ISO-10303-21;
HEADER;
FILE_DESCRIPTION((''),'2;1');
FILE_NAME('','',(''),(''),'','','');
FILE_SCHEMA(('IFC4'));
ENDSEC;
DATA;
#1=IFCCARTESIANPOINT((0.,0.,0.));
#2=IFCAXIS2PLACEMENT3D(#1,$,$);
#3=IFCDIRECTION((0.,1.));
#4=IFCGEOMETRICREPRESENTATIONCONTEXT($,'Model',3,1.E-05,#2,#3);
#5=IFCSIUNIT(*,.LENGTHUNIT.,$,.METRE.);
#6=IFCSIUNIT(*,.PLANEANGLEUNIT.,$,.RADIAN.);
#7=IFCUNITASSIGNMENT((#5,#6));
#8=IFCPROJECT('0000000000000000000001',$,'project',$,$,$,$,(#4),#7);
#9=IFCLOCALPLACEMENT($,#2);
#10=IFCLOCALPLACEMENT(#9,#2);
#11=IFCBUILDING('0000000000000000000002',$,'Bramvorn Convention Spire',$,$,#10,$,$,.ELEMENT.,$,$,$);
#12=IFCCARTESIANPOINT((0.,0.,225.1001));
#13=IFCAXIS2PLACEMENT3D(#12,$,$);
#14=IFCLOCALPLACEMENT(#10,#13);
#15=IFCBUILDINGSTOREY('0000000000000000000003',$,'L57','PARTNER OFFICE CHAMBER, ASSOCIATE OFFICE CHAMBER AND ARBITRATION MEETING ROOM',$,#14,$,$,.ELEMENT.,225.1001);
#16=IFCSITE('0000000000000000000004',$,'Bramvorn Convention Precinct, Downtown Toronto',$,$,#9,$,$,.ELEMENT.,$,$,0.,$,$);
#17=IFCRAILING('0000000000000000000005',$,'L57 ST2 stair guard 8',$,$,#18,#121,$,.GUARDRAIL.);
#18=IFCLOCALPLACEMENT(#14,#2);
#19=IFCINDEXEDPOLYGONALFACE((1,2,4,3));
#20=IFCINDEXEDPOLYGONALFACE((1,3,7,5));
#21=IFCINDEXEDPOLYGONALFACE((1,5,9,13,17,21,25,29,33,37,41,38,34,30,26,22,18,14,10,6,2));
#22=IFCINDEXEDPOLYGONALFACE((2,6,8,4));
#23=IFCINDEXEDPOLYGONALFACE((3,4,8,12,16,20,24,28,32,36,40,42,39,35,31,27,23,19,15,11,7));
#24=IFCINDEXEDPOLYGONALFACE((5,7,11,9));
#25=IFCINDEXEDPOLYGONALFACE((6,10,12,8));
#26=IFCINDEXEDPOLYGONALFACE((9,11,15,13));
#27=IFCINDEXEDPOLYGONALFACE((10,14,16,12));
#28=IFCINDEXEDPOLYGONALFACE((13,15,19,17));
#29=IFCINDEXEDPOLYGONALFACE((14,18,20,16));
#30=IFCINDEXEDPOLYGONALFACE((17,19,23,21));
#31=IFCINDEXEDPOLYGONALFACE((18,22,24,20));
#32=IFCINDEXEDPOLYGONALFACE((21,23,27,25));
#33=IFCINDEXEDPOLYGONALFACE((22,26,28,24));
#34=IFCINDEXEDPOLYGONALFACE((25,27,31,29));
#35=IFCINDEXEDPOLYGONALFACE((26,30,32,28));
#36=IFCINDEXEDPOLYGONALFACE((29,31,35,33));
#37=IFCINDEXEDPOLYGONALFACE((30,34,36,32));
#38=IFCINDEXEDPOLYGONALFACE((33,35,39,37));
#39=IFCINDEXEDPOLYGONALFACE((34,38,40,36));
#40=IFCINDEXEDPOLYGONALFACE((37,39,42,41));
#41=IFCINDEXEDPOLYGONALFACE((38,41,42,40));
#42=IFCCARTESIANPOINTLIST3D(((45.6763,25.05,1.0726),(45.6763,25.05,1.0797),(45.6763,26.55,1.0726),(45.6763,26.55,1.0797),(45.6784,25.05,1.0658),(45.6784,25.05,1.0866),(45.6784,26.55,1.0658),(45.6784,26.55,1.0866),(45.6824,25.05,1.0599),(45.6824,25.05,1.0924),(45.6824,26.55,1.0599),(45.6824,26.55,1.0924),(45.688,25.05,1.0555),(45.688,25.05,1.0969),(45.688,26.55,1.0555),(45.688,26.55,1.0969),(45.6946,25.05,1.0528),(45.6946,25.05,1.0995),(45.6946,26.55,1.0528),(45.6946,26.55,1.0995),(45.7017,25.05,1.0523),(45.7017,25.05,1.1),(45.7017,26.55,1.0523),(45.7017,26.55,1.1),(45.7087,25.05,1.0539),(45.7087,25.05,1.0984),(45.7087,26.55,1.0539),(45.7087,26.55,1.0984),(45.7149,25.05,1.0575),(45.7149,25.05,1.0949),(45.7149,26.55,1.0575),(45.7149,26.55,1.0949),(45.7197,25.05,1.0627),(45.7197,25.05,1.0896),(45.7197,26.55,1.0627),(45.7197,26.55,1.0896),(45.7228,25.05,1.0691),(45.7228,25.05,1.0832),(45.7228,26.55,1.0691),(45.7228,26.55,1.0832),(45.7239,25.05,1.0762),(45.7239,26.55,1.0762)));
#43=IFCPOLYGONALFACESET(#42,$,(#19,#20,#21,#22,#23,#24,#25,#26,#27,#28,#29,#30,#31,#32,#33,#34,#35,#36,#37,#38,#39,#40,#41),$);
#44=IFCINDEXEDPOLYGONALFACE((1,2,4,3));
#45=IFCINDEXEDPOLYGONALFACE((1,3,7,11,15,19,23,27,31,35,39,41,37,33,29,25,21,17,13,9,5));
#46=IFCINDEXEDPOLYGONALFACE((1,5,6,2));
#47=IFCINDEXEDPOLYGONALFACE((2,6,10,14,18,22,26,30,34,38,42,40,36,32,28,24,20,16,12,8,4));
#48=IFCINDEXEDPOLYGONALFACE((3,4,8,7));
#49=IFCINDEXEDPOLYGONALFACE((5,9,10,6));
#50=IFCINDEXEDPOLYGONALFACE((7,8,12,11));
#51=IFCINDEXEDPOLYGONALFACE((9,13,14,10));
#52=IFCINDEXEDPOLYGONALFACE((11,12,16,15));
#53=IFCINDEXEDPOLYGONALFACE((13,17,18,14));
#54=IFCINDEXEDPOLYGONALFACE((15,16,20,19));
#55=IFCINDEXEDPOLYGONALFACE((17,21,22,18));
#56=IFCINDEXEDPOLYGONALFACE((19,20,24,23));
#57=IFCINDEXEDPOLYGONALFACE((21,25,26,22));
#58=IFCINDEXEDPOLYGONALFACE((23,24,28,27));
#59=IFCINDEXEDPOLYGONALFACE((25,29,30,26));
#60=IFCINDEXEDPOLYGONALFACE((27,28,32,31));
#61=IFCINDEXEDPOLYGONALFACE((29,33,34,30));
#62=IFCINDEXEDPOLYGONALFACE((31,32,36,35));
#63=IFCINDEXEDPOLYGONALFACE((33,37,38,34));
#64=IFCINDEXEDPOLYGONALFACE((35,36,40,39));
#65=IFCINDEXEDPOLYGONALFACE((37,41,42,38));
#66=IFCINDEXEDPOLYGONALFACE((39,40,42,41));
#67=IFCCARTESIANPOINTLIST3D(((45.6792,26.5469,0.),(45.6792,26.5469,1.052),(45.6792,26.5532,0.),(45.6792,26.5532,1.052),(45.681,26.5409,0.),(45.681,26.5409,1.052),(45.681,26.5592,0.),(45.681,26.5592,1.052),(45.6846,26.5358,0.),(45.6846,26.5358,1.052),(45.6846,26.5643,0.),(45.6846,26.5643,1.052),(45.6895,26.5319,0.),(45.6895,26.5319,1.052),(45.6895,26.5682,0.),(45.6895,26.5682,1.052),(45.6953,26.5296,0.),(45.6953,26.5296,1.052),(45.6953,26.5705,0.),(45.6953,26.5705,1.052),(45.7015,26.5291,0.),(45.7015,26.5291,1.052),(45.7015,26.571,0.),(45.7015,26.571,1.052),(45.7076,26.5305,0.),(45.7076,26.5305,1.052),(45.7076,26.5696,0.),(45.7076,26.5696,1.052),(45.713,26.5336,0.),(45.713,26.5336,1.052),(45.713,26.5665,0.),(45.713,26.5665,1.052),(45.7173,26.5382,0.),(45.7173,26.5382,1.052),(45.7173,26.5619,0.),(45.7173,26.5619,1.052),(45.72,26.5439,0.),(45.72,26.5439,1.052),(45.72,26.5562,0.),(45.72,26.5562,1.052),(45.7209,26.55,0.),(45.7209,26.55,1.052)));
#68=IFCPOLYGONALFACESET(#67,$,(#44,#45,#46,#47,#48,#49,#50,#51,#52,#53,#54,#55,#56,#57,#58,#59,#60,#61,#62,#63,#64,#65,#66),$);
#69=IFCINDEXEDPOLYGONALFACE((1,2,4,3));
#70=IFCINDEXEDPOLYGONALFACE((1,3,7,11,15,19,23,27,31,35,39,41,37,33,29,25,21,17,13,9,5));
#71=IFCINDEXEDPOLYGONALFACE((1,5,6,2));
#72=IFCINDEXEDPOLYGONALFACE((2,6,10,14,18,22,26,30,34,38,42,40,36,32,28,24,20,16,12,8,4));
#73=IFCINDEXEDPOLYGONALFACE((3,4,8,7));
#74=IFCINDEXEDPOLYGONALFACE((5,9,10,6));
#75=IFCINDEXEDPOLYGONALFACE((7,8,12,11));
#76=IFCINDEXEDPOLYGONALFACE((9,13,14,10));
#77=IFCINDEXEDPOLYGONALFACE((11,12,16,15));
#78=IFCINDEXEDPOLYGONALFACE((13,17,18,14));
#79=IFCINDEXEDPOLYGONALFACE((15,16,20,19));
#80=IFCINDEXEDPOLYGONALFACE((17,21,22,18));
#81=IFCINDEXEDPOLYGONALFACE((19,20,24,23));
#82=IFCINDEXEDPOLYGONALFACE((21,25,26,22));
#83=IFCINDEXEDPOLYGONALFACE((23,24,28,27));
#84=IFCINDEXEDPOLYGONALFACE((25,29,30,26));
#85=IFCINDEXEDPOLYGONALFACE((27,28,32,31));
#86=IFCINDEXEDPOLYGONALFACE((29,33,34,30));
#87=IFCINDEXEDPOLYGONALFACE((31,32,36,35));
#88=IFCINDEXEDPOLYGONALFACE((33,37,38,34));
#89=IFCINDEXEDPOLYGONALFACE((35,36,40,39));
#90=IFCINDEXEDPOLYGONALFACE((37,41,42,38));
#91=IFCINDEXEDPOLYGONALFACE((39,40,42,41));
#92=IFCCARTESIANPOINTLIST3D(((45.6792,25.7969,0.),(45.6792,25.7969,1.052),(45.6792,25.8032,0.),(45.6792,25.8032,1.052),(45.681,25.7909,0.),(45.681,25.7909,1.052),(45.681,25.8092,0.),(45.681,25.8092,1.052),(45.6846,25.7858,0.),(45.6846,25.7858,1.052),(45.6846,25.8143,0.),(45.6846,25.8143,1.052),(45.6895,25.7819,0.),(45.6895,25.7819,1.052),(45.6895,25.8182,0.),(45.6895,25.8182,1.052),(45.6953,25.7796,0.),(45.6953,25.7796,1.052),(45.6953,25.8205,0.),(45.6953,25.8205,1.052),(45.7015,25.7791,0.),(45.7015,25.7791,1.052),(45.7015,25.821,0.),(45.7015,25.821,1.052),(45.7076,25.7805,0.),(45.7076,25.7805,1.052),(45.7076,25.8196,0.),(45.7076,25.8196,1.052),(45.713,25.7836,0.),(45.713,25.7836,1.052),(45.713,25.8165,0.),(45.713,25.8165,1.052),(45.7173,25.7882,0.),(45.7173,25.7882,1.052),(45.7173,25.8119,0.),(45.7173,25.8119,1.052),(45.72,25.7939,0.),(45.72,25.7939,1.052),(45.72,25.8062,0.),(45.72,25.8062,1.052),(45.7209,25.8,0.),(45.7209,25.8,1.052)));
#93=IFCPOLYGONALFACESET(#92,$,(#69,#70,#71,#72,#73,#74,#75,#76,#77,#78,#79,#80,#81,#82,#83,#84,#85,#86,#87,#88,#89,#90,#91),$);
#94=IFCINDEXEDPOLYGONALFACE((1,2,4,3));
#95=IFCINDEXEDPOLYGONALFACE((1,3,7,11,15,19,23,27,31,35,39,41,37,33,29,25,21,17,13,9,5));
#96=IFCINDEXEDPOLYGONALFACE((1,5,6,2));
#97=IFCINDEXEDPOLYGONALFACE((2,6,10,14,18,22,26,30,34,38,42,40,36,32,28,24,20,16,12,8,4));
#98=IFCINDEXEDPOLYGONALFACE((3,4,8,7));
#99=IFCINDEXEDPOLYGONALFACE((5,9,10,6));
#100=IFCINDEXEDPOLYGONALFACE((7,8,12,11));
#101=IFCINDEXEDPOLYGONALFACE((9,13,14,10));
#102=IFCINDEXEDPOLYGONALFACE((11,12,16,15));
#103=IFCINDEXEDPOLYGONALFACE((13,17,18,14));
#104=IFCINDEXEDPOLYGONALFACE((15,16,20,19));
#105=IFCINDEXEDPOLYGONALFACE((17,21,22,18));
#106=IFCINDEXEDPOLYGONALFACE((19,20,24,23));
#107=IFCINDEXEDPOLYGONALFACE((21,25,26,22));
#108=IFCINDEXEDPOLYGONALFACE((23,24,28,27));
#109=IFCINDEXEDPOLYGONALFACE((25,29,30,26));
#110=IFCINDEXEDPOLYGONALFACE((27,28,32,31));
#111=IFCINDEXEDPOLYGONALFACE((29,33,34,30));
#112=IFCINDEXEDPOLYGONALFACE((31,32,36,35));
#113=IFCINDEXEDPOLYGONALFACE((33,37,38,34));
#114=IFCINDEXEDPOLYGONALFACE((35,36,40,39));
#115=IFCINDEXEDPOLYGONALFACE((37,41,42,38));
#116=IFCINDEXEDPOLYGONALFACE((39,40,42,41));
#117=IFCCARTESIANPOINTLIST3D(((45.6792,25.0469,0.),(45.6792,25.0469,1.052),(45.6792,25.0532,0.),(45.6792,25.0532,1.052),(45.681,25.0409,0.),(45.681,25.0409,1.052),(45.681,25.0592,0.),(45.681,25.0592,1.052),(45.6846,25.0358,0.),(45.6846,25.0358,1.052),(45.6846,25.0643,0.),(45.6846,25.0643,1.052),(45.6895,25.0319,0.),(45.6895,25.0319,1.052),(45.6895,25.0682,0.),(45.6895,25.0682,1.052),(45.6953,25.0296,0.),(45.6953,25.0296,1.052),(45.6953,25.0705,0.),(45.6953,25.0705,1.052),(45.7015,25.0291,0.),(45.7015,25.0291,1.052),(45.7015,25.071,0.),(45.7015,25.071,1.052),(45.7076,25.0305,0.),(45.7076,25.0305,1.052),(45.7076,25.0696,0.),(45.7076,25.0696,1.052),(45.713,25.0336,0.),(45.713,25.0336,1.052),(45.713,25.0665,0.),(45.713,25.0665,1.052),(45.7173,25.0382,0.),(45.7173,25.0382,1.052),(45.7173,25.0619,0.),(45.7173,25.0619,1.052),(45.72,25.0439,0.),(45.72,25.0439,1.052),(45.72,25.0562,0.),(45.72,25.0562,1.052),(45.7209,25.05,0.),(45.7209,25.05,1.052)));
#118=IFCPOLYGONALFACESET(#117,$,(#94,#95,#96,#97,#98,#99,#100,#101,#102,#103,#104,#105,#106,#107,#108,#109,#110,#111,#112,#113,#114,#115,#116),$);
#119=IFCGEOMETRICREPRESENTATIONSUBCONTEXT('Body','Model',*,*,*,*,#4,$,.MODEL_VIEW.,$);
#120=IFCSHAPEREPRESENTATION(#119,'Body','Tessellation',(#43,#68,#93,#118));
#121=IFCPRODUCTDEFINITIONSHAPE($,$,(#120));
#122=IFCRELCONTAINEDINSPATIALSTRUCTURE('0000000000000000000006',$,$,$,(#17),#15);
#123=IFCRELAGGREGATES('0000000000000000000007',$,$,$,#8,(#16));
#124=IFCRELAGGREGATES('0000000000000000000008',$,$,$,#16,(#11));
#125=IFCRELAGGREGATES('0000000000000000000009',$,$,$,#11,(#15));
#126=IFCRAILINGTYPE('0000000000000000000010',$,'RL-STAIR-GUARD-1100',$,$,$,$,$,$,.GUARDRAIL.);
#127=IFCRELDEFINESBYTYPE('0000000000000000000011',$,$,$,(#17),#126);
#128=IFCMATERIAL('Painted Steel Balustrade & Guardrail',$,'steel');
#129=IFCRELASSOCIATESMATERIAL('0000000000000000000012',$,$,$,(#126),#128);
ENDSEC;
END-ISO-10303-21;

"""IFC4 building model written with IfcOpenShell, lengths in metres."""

from ifc_helpers import new_model, si_unit, direction, frame, origin, origin_2d, place, context, subcontext, project, spatial, circle, extrude, material, type_object, element, save


model = new_model("IFC4")

# Units and contexts
model_context = context("Model", 3, precision=1e-05, world=origin(), true_north=direction((0.0, 1.0)))
body_context = subcontext(model_context, "Body", "Model", "MODEL_VIEW")
ifc_project = project(units=[si_unit("LENGTHUNIT", "METRE"), si_unit("PLANEANGLEUNIT", "RADIAN")], contexts=[model_context])

# Site, building, storey
site_placement = place(None, origin())
site = spatial("IfcSite", under=ifc_project, at=site_placement, Name="Bramvorn Convention Precinct, Downtown Toronto", CompositionType="ELEMENT", RefElevation=0.0)
building_placement = place(site_placement, origin())
building = spatial("IfcBuilding", under=site, at=building_placement, Name="Bramvorn Convention Spire", CompositionType="ELEMENT")
storey_placement = place(building_placement, frame((0.0, 0.0, 225.1001)))
storey = spatial("IfcBuildingStorey", under=building, at=storey_placement, Name="L57", Description="PARTNER OFFICE CHAMBER, ASSOCIATE OFFICE CHAMBER AND ARBITRATION MEETING ROOM", CompositionType="ELEMENT", Elevation=225.1001)

# Railing
ifc_material_1 = material(Name="Painted Steel Balustrade & Guardrail", Category="steel")
railing_type_1 = type_object("IfcRailingType", Name="RL-STAIR-GUARD-1100", PredefinedType="GUARDRAIL", material=ifc_material_1)
railing_1_placement = place(storey_placement, frame((45.7, 26.55, 0.0)))
element("IfcRailing", 1, at=railing_1_placement, inside=storey, type_object=railing_type_1, Name="L57 ST2 stair guard 8", PredefinedType="GUARDRAIL", context=body_context, shape_type="SweptSolid", body=[
    extrude(circle(Radius=0.0239, at=origin_2d()), frame((0.0, 0.0, 1.0762), z_axis=(0.0, -1.0, 0.0), x_axis=(1.0, 0.0, 0.0)), (0.0, 0.0, 1.0), 1.5),
    extrude(circle(Radius=0.021, at=origin_2d()), origin(), (0.0, 0.0, 1.0), 1.052),
    extrude(circle(Radius=0.021, at=origin_2d()), frame((0.0, -0.75, 0.0)), (0.0, 0.0, 1.0), 1.052),
    extrude(circle(Radius=0.021, at=origin_2d()), frame((0.0, -1.5, 0.0)), (0.0, 0.0, 1.0), 1.052),
])

save(model, "model.ifc")
